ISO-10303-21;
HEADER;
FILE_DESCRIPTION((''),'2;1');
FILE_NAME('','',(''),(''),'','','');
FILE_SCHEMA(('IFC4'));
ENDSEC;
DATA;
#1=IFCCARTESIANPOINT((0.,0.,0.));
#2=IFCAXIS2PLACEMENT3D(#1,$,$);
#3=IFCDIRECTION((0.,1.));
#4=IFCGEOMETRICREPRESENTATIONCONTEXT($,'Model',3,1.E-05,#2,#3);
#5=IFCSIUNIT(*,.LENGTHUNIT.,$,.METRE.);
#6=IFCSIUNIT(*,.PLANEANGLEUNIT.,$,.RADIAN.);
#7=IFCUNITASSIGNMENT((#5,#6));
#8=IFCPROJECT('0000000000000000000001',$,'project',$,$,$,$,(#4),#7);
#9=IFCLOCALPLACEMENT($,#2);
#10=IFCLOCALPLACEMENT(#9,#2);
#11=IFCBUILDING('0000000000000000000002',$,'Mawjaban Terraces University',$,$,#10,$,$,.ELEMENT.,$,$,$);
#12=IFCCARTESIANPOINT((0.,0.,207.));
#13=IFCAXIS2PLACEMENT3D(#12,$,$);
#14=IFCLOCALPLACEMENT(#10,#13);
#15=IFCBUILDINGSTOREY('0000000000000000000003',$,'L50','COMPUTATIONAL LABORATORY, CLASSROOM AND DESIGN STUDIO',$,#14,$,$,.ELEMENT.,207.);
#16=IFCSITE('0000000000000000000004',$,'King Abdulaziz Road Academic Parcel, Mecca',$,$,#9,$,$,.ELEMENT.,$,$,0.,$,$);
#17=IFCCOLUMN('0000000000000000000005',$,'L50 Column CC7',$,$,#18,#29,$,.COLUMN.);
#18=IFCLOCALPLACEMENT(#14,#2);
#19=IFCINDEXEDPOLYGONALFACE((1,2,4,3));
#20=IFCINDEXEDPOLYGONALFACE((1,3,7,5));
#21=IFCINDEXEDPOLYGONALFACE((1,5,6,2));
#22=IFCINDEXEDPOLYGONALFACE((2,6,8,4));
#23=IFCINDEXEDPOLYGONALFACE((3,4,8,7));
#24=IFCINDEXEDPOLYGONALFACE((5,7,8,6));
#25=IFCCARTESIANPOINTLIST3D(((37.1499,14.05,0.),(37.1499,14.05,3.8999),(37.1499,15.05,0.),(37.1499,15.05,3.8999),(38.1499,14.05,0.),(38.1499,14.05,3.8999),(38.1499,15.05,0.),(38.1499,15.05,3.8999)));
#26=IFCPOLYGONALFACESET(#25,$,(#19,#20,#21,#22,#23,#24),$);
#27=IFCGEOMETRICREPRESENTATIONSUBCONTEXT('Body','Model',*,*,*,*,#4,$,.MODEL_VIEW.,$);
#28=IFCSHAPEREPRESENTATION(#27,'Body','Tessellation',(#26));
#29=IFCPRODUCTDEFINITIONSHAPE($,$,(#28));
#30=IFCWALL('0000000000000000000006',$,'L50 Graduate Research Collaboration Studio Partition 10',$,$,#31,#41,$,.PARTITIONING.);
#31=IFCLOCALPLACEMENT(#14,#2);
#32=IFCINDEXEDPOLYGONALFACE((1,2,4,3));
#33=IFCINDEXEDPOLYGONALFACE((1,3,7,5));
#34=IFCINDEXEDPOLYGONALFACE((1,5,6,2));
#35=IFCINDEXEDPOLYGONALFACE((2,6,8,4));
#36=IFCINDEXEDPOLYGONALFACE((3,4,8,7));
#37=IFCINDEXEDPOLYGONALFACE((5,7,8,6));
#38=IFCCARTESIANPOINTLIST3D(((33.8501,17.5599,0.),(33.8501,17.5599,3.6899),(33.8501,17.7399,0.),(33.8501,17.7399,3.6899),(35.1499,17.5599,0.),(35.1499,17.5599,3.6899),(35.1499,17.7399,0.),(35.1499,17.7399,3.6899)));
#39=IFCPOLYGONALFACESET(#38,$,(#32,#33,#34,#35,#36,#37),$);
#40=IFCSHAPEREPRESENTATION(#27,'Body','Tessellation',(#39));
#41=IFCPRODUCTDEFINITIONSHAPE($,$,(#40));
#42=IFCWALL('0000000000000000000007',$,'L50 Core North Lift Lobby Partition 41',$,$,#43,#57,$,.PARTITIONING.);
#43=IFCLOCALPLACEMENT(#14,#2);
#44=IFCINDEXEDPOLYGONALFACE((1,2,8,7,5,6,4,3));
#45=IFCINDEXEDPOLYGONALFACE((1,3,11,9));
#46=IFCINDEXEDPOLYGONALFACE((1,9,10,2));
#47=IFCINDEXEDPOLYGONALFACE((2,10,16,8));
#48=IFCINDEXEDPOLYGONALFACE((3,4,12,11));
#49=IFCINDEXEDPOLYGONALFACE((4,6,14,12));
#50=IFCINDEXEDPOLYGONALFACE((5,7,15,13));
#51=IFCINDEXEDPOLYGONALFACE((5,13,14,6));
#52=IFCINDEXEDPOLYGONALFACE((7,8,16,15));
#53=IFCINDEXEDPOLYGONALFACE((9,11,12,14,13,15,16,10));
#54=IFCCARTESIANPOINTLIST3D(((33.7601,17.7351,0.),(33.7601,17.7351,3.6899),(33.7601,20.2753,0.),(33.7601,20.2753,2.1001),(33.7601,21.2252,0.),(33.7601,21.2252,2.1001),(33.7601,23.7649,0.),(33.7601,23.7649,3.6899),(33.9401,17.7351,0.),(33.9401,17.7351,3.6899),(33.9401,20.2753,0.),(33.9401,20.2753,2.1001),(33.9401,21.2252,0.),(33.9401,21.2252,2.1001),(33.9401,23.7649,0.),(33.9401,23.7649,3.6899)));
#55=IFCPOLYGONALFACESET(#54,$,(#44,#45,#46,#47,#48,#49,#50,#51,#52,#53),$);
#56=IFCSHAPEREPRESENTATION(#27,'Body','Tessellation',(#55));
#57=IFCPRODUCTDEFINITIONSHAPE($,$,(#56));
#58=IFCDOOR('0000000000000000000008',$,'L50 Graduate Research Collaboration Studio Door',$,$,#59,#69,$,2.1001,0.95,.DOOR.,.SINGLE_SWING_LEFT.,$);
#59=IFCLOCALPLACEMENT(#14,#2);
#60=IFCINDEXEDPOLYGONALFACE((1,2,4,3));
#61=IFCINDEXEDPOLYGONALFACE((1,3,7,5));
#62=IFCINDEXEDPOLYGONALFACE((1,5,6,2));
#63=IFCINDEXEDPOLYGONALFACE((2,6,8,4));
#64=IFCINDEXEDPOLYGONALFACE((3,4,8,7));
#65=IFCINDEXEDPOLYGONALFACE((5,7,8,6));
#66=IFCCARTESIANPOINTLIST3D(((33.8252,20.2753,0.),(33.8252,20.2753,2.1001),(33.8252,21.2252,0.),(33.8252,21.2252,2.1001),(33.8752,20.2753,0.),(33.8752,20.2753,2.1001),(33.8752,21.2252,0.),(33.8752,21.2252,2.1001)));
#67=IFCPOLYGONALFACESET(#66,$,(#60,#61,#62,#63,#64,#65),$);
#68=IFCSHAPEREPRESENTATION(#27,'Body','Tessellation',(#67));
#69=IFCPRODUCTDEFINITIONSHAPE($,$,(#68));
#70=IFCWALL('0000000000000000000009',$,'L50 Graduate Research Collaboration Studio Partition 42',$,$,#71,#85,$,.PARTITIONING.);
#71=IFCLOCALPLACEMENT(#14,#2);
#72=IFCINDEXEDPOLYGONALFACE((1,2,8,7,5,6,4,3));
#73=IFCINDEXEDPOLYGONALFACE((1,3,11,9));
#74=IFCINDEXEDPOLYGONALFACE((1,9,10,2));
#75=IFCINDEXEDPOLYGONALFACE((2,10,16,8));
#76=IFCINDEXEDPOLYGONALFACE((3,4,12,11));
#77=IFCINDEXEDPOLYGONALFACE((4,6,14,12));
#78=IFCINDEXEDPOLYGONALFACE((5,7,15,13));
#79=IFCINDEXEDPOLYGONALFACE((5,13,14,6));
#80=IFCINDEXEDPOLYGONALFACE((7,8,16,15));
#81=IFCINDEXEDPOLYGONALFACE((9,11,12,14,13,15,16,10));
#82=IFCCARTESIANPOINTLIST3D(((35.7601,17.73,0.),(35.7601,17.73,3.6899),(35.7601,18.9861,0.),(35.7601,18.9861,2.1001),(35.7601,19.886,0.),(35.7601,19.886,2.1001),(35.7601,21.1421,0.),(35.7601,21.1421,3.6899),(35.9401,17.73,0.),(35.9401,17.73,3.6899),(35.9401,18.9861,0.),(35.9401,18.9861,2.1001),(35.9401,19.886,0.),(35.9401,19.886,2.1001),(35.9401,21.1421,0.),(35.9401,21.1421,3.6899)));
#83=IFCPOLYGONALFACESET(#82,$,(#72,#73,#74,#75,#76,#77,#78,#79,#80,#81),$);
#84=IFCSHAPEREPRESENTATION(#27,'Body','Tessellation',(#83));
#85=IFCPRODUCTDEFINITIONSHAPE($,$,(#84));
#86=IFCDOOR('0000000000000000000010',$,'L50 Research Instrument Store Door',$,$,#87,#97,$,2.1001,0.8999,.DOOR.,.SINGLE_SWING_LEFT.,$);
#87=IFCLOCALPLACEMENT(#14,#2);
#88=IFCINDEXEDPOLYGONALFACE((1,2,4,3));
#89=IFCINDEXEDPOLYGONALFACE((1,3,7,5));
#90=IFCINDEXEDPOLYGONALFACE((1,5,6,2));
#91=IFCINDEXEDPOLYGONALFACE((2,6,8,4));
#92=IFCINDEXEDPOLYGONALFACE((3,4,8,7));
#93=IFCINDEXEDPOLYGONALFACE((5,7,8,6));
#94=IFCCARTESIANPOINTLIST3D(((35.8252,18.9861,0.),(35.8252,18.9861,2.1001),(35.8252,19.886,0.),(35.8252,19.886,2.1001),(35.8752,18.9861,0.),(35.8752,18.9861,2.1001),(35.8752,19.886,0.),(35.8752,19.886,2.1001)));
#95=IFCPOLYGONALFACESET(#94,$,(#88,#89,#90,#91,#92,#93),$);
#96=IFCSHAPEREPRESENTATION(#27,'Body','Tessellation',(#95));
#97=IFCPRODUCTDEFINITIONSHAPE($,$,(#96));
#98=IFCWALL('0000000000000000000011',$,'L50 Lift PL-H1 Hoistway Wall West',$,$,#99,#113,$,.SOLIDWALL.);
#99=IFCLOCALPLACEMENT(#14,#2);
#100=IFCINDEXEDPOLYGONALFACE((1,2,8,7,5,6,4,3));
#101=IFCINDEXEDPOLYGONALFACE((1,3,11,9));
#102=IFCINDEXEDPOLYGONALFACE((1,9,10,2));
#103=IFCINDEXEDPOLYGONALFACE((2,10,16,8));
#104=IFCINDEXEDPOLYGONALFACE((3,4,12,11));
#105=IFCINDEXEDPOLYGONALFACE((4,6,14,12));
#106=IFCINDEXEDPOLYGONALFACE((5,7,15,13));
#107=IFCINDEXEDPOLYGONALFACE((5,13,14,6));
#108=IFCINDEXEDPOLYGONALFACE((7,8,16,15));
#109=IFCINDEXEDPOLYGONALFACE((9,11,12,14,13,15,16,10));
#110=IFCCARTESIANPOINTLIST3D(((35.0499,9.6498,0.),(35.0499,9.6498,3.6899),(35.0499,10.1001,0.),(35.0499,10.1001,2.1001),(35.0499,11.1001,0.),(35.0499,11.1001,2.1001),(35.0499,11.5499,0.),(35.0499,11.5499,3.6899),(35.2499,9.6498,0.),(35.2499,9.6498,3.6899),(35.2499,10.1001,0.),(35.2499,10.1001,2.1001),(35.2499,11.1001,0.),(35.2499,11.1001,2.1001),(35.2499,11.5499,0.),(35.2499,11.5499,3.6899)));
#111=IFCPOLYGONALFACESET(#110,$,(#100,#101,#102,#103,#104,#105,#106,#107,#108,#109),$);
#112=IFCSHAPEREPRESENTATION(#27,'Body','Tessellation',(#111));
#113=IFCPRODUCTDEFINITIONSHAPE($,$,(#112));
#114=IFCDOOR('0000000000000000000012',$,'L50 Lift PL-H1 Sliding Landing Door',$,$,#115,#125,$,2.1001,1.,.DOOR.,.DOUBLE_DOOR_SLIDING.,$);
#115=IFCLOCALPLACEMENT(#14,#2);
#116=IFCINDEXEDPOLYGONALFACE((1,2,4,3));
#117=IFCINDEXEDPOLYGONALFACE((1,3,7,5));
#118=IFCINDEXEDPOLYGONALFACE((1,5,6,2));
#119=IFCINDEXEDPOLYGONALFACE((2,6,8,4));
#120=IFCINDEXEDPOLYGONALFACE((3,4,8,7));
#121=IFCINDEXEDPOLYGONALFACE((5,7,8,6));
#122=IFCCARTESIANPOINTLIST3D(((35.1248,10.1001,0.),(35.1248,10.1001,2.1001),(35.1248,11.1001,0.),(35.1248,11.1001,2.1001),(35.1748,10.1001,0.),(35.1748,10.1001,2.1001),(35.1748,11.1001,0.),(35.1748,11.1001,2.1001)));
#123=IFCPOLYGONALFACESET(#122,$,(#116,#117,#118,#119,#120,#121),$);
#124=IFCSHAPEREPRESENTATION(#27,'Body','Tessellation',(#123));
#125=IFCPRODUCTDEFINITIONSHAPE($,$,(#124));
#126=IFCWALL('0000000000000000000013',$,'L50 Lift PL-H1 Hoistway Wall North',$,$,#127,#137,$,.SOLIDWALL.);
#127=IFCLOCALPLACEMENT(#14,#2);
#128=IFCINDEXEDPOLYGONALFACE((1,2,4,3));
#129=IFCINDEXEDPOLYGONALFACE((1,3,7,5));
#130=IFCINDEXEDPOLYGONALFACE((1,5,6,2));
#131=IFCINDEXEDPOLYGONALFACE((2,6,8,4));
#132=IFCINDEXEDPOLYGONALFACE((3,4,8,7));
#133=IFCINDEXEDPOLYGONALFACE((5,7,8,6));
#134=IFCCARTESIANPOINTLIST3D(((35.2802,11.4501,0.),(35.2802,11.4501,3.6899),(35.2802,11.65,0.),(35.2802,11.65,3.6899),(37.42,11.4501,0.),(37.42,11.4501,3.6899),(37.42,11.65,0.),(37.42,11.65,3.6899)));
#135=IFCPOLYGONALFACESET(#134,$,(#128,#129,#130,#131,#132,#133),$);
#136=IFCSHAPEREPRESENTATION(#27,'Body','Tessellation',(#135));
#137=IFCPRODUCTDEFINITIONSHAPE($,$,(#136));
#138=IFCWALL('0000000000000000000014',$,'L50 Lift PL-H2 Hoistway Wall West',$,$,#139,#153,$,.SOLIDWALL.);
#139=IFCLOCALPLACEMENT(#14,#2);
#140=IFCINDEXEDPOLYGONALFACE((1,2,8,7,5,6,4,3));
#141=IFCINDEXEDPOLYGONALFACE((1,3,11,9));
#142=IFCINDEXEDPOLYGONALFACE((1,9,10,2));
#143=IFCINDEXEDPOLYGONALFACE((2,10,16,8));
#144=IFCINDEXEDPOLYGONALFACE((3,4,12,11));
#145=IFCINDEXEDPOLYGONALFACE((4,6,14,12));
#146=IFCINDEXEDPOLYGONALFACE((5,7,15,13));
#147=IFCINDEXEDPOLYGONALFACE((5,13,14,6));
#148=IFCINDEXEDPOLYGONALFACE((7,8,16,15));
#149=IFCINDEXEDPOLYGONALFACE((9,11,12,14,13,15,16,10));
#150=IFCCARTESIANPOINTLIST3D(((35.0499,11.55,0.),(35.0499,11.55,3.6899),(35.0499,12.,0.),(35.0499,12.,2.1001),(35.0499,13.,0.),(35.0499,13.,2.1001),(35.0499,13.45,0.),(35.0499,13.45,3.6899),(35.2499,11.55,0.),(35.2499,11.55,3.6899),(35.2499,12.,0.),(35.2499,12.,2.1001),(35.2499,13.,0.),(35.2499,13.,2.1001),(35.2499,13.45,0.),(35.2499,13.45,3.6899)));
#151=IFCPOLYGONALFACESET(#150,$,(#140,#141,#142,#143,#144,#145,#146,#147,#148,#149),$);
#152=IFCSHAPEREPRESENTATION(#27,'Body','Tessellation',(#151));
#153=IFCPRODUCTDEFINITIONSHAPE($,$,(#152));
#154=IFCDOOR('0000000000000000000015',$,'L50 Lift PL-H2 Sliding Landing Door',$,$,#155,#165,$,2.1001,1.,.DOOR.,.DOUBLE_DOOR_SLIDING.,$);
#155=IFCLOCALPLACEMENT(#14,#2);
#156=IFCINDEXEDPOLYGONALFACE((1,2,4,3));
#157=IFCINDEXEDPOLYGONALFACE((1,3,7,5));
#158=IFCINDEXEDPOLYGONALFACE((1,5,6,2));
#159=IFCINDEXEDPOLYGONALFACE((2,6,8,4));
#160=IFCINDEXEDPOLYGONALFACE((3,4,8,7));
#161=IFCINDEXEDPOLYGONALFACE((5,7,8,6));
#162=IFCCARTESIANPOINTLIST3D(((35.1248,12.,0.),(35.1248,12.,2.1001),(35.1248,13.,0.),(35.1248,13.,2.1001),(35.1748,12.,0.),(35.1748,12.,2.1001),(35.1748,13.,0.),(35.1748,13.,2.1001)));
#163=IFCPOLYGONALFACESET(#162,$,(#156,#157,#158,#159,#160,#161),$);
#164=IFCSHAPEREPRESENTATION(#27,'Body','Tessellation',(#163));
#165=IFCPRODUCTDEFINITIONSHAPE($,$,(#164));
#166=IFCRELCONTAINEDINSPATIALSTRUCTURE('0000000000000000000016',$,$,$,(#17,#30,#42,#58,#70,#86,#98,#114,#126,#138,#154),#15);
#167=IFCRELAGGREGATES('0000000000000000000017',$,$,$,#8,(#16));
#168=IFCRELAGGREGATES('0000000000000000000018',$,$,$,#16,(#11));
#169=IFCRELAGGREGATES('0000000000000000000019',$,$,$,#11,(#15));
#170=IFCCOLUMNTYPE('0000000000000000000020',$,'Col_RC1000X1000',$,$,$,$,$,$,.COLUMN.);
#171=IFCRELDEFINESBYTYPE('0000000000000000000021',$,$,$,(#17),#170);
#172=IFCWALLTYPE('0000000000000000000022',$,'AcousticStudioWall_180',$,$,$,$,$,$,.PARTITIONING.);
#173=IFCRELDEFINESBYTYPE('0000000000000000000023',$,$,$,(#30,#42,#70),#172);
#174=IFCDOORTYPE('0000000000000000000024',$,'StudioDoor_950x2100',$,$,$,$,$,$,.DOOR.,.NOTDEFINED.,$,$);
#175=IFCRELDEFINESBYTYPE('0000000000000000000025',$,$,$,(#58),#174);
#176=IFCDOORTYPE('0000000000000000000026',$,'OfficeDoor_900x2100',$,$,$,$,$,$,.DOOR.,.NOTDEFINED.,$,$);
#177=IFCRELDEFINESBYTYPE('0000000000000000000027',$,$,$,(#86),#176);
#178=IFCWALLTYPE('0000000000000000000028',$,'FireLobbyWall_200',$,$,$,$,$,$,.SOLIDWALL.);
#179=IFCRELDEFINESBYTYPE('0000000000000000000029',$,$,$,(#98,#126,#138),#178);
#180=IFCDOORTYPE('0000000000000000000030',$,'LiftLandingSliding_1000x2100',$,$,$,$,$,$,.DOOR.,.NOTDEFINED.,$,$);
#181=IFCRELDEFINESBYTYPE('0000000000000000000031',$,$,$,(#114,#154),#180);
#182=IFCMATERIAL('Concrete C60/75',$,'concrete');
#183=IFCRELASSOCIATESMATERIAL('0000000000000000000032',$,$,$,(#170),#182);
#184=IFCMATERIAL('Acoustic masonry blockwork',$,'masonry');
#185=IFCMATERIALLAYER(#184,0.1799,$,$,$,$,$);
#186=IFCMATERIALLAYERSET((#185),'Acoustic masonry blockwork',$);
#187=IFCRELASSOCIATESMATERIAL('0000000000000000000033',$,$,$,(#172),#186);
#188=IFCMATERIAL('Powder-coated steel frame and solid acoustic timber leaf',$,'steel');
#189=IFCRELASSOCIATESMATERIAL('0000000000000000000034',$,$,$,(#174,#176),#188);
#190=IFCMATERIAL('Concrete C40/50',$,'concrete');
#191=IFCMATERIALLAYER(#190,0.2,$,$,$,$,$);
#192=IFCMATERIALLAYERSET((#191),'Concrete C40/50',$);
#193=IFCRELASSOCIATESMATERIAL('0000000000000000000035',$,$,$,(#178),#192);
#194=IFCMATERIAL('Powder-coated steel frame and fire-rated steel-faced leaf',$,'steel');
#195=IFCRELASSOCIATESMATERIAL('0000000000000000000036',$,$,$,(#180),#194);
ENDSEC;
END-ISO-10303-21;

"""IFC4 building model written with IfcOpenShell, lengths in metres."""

from ifc_helpers import new_model, si_unit, direction, frame, frame_2d, origin, origin_2d, place, context, subcontext, project, spatial, rectangle, extrude, material, layer, layer_set, material_profile, profile_set, type_object, element, fill, save


model = new_model("IFC4")

# Units and contexts
model_context = context("Model", 3, precision=1e-05, world=origin(), true_north=direction((0.0, 1.0)))
body_context = subcontext(model_context, "Body", "Model", "MODEL_VIEW")
ifc_project = project(units=[si_unit("LENGTHUNIT", "METRE"), si_unit("PLANEANGLEUNIT", "RADIAN")], contexts=[model_context])

# Site, building, storey
site_placement = place(None, origin())
site = spatial("IfcSite", under=ifc_project, at=site_placement, Name="King Abdulaziz Road Academic Parcel, Mecca", CompositionType="ELEMENT", RefElevation=0.0)
building_placement = place(site_placement, origin())
building = spatial("IfcBuilding", under=site, at=building_placement, Name="Mawjaban Terraces University", CompositionType="ELEMENT")
storey_placement = place(building_placement, frame((0.0, 0.0, 207.0)))
storey = spatial("IfcBuildingStorey", under=building, at=storey_placement, Name="L50", Description="COMPUTATIONAL LABORATORY, CLASSROOM AND DESIGN STUDIO", CompositionType="ELEMENT", Elevation=207.0)

# Column
ifc_material_1 = material(Name="Concrete C60/75", Category="concrete")
ifc_material_profile = material_profile(ifc_material_1, rectangle(XDim=1.0, YDim=1.0, at=origin_2d()), Name="RC1000X1000")
ifc_profile_set = profile_set([ifc_material_profile], Name="Concrete C60/75")
column_type = type_object("IfcColumnType", Name="Col_RC1000X1000", PredefinedType="COLUMN", material=ifc_profile_set)
column_placement = place(storey_placement, frame((37.6499, 14.55, 0.0), z_axis=(0.0, 0.0, 1.0), x_axis=(1.0, 0.0, 0.0)))
element("IfcColumn", 1, at=column_placement, inside=storey, type_object=column_type, Name="L50 Column CC7", PredefinedType="COLUMN", context=body_context, shape_type="SweptSolid", body=[
    extrude(rectangle(XDim=1.0, YDim=1.0, at=origin_2d()), origin(), (0.0, 0.0, 1.0), 3.8999),
])

# Wall
ifc_material_2 = material(Name="Acoustic masonry blockwork", Category="masonry")
ifc_layer_1 = layer(ifc_material_2, 0.1799)
ifc_layer_set_1 = layer_set([ifc_layer_1], Name="Acoustic masonry blockwork")
wall_type_1 = type_object("IfcWallType", Name="AcousticStudioWall_180", PredefinedType="PARTITIONING", material=ifc_layer_set_1)
wall_1_placement = place(storey_placement, frame((33.8501, 17.6499, 0.0), z_axis=(0.0, 0.0, 1.0), x_axis=(1.0, 0.0, 0.0)))
element("IfcWall", 2, at=wall_1_placement, inside=storey, type_object=wall_type_1, Name="L50 Graduate Research Collaboration Studio Partition 10", PredefinedType="PARTITIONING", context=body_context, shape_type="SweptSolid", body=[
    extrude(rectangle(XDim=1.2998, YDim=0.1799, at=frame_2d((0.6499, 0.0))), origin(), (0.0, 0.0, 1.0), 3.6899),
])

# Walls, openings, doors
wall_2_placement = place(storey_placement, frame((33.8501, 17.7351, 0.0), z_axis=(0.0, 0.0, 1.0), x_axis=(0.0, 1.0, 0.0)))
wall_2 = element("IfcWall", 3, at=wall_2_placement, inside=storey, type_object=wall_type_1, Name="L50 Core North Lift Lobby Partition 41", PredefinedType="PARTITIONING", context=body_context, shape_type="SweptSolid", body=[
    extrude(rectangle(XDim=6.0298, YDim=0.1799, at=frame_2d((3.0149, 0.0))), origin(), (0.0, 0.0, 1.0), 3.6899),
])
opening_1_placement = place(wall_2_placement, frame((2.54, 0.0, 0.0)))
opening_1 = element("IfcOpeningElement", 4, at=opening_1_placement, cuts=wall_2, PredefinedType="OPENING", context=body_context, shape_type="SweptSolid", body=[
    extrude(rectangle(XDim=0.95, YDim=2.1001, at=frame_2d((0.4751, 1.05))), frame((0.0, 0.0999, 0.0), z_axis=(0.0, -1.0, 0.0), x_axis=(1.0, 0.0, 0.0)), (0.0, 0.0, 1.0), 0.2),
])
ifc_material_3 = material(Name="Powder-coated steel frame and solid acoustic timber leaf", Category="steel")
door_type_1 = type_object("IfcDoorType", Name="StudioDoor_950x2100", OperationType="NOTDEFINED", PredefinedType="DOOR", material=ifc_material_3)
door_1_placement = place(opening_1_placement, origin())
door_1 = element("IfcDoor", 5, at=door_1_placement, inside=storey, type_object=door_type_1, Name="L50 Graduate Research Collaboration Studio Door", OperationType="SINGLE_SWING_LEFT", OverallHeight=2.1001, OverallWidth=0.95, PredefinedType="DOOR", context=body_context, shape_type="SweptSolid", body=[
    extrude(rectangle(XDim=0.95, YDim=2.1001, at=frame_2d((0.4751, 1.05))), frame((0.0, 0.0249, 0.0), z_axis=(0.0, -1.0, 0.0), x_axis=(1.0, 0.0, 0.0)), (0.0, 0.0, 1.0), 0.05),
])
fill(opening_1, door_1)
wall_3_placement = place(storey_placement, frame((35.8501, 17.73, 0.0), z_axis=(0.0, 0.0, 1.0), x_axis=(0.0, 1.0, 0.0)))
wall_3 = element("IfcWall", 6, at=wall_3_placement, inside=storey, type_object=wall_type_1, Name="L50 Graduate Research Collaboration Studio Partition 42", PredefinedType="PARTITIONING", context=body_context, shape_type="SweptSolid", body=[
    extrude(rectangle(XDim=3.4121, YDim=0.1799, at=frame_2d((1.7061, 0.0))), origin(), (0.0, 0.0, 1.0), 3.6899),
])
opening_2_placement = place(wall_3_placement, frame((1.2561, 0.0, 0.0)))
opening_2 = element("IfcOpeningElement", 7, at=opening_2_placement, cuts=wall_3, PredefinedType="OPENING", context=body_context, shape_type="SweptSolid", body=[
    extrude(rectangle(XDim=0.8999, YDim=2.1001, at=frame_2d((0.45, 1.05))), frame((0.0, 0.0999, 0.0), z_axis=(0.0, -1.0, 0.0), x_axis=(1.0, 0.0, 0.0)), (0.0, 0.0, 1.0), 0.2),
])
door_type_2 = type_object("IfcDoorType", Name="OfficeDoor_900x2100", OperationType="NOTDEFINED", PredefinedType="DOOR", material=ifc_material_3)
door_2_placement = place(opening_2_placement, origin())
door_2 = element("IfcDoor", 8, at=door_2_placement, inside=storey, type_object=door_type_2, Name="L50 Research Instrument Store Door", OperationType="SINGLE_SWING_LEFT", OverallHeight=2.1001, OverallWidth=0.8999, PredefinedType="DOOR", context=body_context, shape_type="SweptSolid", body=[
    extrude(rectangle(XDim=0.8999, YDim=2.1001, at=frame_2d((0.45, 1.05))), frame((0.0, 0.0249, 0.0), z_axis=(0.0, -1.0, 0.0), x_axis=(1.0, 0.0, 0.0)), (0.0, 0.0, 1.0), 0.05),
])
fill(opening_2, door_2)
ifc_material_4 = material(Name="Concrete C40/50", Category="concrete")
ifc_layer_2 = layer(ifc_material_4, 0.2)
ifc_layer_set_2 = layer_set([ifc_layer_2], Name="Concrete C40/50")
wall_type_2 = type_object("IfcWallType", Name="FireLobbyWall_200", PredefinedType="SOLIDWALL", material=ifc_layer_set_2)
wall_4_placement = place(storey_placement, frame((35.1499, 11.55, 0.0), z_axis=(0.0, 0.0, 1.0), x_axis=(0.0, -1.0, 0.0)))
wall_4 = element("IfcWall", 9, at=wall_4_placement, inside=storey, type_object=wall_type_2, Name="L50 Lift PL-H1 Hoistway Wall West", PredefinedType="SOLIDWALL", context=body_context, shape_type="SweptSolid", body=[
    extrude(rectangle(XDim=1.9001, YDim=0.2, at=frame_2d((0.9502, 0.0))), origin(), (0.0, 0.0, 1.0), 3.6899),
])
opening_3_placement = place(wall_4_placement, frame((0.45, 0.0, 0.0)))
opening_3 = element("IfcOpeningElement", 10, at=opening_3_placement, cuts=wall_4, PredefinedType="OPENING", context=body_context, shape_type="SweptSolid", body=[
    extrude(rectangle(XDim=1.0, YDim=2.1001, at=frame_2d((0.5, 1.05))), frame((0.0, 0.1099, 0.0), z_axis=(0.0, -1.0, 0.0), x_axis=(1.0, 0.0, 0.0)), (0.0, 0.0, 1.0), 0.22),
])
ifc_material_5 = material(Name="Powder-coated steel frame and fire-rated steel-faced leaf", Category="steel")
door_type_3 = type_object("IfcDoorType", Name="LiftLandingSliding_1000x2100", OperationType="NOTDEFINED", PredefinedType="DOOR", material=ifc_material_5)
door_3_placement = place(opening_3_placement, origin())
door_3 = element("IfcDoor", 11, at=door_3_placement, inside=storey, type_object=door_type_3, Name="L50 Lift PL-H1 Sliding Landing Door", OperationType="DOUBLE_DOOR_SLIDING", OverallHeight=2.1001, OverallWidth=1.0, PredefinedType="DOOR", context=body_context, shape_type="SweptSolid", body=[
    extrude(rectangle(XDim=1.0, YDim=2.1001, at=frame_2d((0.5, 1.05))), frame((0.0, 0.0249, 0.0), z_axis=(0.0, -1.0, 0.0), x_axis=(1.0, 0.0, 0.0)), (0.0, 0.0, 1.0), 0.05),
])
fill(opening_3, door_3)

# Wall
wall_5_placement = place(storey_placement, frame((37.4199, 11.55, 0.0), z_axis=(0.0, 0.0, 1.0), x_axis=(-1.0, 0.0, 0.0)))
element("IfcWall", 12, at=wall_5_placement, inside=storey, type_object=wall_type_2, Name="L50 Lift PL-H1 Hoistway Wall North", PredefinedType="SOLIDWALL", context=body_context, shape_type="SweptSolid", body=[
    extrude(rectangle(XDim=2.1399, YDim=0.2, at=frame_2d((1.0698, 0.0))), origin(), (0.0, 0.0, 1.0), 3.6899),
])

# Wall, opening, door
wall_6_placement = place(storey_placement, frame((35.1499, 13.45, 0.0), z_axis=(0.0, 0.0, 1.0), x_axis=(0.0, -1.0, 0.0)))
wall_6 = element("IfcWall", 13, at=wall_6_placement, inside=storey, type_object=wall_type_2, Name="L50 Lift PL-H2 Hoistway Wall West", PredefinedType="SOLIDWALL", context=body_context, shape_type="SweptSolid", body=[
    extrude(rectangle(XDim=1.8999, YDim=0.2, at=frame_2d((0.95, 0.0))), origin(), (0.0, 0.0, 1.0), 3.6899),
])
opening_4_placement = place(wall_6_placement, frame((0.45, 0.0, 0.0)))
opening_4 = element("IfcOpeningElement", 14, at=opening_4_placement, cuts=wall_6, PredefinedType="OPENING", context=body_context, shape_type="SweptSolid", body=[
    extrude(rectangle(XDim=1.0, YDim=2.1001, at=frame_2d((0.5, 1.05))), frame((0.0, 0.1099, 0.0), z_axis=(0.0, -1.0, 0.0), x_axis=(1.0, 0.0, 0.0)), (0.0, 0.0, 1.0), 0.22),
])
door_4_placement = place(opening_4_placement, origin())
door_4 = element("IfcDoor", 15, at=door_4_placement, inside=storey, type_object=door_type_3, Name="L50 Lift PL-H2 Sliding Landing Door", OperationType="DOUBLE_DOOR_SLIDING", OverallHeight=2.1001, OverallWidth=1.0, PredefinedType="DOOR", context=body_context, shape_type="SweptSolid", body=[
    extrude(rectangle(XDim=1.0, YDim=2.1001, at=frame_2d((0.5, 1.05))), frame((0.0, 0.0249, 0.0), z_axis=(0.0, -1.0, 0.0), x_axis=(1.0, 0.0, 0.0)), (0.0, 0.0, 1.0), 0.05),
])
fill(opening_4, door_4)

save(model, "model.ifc")
